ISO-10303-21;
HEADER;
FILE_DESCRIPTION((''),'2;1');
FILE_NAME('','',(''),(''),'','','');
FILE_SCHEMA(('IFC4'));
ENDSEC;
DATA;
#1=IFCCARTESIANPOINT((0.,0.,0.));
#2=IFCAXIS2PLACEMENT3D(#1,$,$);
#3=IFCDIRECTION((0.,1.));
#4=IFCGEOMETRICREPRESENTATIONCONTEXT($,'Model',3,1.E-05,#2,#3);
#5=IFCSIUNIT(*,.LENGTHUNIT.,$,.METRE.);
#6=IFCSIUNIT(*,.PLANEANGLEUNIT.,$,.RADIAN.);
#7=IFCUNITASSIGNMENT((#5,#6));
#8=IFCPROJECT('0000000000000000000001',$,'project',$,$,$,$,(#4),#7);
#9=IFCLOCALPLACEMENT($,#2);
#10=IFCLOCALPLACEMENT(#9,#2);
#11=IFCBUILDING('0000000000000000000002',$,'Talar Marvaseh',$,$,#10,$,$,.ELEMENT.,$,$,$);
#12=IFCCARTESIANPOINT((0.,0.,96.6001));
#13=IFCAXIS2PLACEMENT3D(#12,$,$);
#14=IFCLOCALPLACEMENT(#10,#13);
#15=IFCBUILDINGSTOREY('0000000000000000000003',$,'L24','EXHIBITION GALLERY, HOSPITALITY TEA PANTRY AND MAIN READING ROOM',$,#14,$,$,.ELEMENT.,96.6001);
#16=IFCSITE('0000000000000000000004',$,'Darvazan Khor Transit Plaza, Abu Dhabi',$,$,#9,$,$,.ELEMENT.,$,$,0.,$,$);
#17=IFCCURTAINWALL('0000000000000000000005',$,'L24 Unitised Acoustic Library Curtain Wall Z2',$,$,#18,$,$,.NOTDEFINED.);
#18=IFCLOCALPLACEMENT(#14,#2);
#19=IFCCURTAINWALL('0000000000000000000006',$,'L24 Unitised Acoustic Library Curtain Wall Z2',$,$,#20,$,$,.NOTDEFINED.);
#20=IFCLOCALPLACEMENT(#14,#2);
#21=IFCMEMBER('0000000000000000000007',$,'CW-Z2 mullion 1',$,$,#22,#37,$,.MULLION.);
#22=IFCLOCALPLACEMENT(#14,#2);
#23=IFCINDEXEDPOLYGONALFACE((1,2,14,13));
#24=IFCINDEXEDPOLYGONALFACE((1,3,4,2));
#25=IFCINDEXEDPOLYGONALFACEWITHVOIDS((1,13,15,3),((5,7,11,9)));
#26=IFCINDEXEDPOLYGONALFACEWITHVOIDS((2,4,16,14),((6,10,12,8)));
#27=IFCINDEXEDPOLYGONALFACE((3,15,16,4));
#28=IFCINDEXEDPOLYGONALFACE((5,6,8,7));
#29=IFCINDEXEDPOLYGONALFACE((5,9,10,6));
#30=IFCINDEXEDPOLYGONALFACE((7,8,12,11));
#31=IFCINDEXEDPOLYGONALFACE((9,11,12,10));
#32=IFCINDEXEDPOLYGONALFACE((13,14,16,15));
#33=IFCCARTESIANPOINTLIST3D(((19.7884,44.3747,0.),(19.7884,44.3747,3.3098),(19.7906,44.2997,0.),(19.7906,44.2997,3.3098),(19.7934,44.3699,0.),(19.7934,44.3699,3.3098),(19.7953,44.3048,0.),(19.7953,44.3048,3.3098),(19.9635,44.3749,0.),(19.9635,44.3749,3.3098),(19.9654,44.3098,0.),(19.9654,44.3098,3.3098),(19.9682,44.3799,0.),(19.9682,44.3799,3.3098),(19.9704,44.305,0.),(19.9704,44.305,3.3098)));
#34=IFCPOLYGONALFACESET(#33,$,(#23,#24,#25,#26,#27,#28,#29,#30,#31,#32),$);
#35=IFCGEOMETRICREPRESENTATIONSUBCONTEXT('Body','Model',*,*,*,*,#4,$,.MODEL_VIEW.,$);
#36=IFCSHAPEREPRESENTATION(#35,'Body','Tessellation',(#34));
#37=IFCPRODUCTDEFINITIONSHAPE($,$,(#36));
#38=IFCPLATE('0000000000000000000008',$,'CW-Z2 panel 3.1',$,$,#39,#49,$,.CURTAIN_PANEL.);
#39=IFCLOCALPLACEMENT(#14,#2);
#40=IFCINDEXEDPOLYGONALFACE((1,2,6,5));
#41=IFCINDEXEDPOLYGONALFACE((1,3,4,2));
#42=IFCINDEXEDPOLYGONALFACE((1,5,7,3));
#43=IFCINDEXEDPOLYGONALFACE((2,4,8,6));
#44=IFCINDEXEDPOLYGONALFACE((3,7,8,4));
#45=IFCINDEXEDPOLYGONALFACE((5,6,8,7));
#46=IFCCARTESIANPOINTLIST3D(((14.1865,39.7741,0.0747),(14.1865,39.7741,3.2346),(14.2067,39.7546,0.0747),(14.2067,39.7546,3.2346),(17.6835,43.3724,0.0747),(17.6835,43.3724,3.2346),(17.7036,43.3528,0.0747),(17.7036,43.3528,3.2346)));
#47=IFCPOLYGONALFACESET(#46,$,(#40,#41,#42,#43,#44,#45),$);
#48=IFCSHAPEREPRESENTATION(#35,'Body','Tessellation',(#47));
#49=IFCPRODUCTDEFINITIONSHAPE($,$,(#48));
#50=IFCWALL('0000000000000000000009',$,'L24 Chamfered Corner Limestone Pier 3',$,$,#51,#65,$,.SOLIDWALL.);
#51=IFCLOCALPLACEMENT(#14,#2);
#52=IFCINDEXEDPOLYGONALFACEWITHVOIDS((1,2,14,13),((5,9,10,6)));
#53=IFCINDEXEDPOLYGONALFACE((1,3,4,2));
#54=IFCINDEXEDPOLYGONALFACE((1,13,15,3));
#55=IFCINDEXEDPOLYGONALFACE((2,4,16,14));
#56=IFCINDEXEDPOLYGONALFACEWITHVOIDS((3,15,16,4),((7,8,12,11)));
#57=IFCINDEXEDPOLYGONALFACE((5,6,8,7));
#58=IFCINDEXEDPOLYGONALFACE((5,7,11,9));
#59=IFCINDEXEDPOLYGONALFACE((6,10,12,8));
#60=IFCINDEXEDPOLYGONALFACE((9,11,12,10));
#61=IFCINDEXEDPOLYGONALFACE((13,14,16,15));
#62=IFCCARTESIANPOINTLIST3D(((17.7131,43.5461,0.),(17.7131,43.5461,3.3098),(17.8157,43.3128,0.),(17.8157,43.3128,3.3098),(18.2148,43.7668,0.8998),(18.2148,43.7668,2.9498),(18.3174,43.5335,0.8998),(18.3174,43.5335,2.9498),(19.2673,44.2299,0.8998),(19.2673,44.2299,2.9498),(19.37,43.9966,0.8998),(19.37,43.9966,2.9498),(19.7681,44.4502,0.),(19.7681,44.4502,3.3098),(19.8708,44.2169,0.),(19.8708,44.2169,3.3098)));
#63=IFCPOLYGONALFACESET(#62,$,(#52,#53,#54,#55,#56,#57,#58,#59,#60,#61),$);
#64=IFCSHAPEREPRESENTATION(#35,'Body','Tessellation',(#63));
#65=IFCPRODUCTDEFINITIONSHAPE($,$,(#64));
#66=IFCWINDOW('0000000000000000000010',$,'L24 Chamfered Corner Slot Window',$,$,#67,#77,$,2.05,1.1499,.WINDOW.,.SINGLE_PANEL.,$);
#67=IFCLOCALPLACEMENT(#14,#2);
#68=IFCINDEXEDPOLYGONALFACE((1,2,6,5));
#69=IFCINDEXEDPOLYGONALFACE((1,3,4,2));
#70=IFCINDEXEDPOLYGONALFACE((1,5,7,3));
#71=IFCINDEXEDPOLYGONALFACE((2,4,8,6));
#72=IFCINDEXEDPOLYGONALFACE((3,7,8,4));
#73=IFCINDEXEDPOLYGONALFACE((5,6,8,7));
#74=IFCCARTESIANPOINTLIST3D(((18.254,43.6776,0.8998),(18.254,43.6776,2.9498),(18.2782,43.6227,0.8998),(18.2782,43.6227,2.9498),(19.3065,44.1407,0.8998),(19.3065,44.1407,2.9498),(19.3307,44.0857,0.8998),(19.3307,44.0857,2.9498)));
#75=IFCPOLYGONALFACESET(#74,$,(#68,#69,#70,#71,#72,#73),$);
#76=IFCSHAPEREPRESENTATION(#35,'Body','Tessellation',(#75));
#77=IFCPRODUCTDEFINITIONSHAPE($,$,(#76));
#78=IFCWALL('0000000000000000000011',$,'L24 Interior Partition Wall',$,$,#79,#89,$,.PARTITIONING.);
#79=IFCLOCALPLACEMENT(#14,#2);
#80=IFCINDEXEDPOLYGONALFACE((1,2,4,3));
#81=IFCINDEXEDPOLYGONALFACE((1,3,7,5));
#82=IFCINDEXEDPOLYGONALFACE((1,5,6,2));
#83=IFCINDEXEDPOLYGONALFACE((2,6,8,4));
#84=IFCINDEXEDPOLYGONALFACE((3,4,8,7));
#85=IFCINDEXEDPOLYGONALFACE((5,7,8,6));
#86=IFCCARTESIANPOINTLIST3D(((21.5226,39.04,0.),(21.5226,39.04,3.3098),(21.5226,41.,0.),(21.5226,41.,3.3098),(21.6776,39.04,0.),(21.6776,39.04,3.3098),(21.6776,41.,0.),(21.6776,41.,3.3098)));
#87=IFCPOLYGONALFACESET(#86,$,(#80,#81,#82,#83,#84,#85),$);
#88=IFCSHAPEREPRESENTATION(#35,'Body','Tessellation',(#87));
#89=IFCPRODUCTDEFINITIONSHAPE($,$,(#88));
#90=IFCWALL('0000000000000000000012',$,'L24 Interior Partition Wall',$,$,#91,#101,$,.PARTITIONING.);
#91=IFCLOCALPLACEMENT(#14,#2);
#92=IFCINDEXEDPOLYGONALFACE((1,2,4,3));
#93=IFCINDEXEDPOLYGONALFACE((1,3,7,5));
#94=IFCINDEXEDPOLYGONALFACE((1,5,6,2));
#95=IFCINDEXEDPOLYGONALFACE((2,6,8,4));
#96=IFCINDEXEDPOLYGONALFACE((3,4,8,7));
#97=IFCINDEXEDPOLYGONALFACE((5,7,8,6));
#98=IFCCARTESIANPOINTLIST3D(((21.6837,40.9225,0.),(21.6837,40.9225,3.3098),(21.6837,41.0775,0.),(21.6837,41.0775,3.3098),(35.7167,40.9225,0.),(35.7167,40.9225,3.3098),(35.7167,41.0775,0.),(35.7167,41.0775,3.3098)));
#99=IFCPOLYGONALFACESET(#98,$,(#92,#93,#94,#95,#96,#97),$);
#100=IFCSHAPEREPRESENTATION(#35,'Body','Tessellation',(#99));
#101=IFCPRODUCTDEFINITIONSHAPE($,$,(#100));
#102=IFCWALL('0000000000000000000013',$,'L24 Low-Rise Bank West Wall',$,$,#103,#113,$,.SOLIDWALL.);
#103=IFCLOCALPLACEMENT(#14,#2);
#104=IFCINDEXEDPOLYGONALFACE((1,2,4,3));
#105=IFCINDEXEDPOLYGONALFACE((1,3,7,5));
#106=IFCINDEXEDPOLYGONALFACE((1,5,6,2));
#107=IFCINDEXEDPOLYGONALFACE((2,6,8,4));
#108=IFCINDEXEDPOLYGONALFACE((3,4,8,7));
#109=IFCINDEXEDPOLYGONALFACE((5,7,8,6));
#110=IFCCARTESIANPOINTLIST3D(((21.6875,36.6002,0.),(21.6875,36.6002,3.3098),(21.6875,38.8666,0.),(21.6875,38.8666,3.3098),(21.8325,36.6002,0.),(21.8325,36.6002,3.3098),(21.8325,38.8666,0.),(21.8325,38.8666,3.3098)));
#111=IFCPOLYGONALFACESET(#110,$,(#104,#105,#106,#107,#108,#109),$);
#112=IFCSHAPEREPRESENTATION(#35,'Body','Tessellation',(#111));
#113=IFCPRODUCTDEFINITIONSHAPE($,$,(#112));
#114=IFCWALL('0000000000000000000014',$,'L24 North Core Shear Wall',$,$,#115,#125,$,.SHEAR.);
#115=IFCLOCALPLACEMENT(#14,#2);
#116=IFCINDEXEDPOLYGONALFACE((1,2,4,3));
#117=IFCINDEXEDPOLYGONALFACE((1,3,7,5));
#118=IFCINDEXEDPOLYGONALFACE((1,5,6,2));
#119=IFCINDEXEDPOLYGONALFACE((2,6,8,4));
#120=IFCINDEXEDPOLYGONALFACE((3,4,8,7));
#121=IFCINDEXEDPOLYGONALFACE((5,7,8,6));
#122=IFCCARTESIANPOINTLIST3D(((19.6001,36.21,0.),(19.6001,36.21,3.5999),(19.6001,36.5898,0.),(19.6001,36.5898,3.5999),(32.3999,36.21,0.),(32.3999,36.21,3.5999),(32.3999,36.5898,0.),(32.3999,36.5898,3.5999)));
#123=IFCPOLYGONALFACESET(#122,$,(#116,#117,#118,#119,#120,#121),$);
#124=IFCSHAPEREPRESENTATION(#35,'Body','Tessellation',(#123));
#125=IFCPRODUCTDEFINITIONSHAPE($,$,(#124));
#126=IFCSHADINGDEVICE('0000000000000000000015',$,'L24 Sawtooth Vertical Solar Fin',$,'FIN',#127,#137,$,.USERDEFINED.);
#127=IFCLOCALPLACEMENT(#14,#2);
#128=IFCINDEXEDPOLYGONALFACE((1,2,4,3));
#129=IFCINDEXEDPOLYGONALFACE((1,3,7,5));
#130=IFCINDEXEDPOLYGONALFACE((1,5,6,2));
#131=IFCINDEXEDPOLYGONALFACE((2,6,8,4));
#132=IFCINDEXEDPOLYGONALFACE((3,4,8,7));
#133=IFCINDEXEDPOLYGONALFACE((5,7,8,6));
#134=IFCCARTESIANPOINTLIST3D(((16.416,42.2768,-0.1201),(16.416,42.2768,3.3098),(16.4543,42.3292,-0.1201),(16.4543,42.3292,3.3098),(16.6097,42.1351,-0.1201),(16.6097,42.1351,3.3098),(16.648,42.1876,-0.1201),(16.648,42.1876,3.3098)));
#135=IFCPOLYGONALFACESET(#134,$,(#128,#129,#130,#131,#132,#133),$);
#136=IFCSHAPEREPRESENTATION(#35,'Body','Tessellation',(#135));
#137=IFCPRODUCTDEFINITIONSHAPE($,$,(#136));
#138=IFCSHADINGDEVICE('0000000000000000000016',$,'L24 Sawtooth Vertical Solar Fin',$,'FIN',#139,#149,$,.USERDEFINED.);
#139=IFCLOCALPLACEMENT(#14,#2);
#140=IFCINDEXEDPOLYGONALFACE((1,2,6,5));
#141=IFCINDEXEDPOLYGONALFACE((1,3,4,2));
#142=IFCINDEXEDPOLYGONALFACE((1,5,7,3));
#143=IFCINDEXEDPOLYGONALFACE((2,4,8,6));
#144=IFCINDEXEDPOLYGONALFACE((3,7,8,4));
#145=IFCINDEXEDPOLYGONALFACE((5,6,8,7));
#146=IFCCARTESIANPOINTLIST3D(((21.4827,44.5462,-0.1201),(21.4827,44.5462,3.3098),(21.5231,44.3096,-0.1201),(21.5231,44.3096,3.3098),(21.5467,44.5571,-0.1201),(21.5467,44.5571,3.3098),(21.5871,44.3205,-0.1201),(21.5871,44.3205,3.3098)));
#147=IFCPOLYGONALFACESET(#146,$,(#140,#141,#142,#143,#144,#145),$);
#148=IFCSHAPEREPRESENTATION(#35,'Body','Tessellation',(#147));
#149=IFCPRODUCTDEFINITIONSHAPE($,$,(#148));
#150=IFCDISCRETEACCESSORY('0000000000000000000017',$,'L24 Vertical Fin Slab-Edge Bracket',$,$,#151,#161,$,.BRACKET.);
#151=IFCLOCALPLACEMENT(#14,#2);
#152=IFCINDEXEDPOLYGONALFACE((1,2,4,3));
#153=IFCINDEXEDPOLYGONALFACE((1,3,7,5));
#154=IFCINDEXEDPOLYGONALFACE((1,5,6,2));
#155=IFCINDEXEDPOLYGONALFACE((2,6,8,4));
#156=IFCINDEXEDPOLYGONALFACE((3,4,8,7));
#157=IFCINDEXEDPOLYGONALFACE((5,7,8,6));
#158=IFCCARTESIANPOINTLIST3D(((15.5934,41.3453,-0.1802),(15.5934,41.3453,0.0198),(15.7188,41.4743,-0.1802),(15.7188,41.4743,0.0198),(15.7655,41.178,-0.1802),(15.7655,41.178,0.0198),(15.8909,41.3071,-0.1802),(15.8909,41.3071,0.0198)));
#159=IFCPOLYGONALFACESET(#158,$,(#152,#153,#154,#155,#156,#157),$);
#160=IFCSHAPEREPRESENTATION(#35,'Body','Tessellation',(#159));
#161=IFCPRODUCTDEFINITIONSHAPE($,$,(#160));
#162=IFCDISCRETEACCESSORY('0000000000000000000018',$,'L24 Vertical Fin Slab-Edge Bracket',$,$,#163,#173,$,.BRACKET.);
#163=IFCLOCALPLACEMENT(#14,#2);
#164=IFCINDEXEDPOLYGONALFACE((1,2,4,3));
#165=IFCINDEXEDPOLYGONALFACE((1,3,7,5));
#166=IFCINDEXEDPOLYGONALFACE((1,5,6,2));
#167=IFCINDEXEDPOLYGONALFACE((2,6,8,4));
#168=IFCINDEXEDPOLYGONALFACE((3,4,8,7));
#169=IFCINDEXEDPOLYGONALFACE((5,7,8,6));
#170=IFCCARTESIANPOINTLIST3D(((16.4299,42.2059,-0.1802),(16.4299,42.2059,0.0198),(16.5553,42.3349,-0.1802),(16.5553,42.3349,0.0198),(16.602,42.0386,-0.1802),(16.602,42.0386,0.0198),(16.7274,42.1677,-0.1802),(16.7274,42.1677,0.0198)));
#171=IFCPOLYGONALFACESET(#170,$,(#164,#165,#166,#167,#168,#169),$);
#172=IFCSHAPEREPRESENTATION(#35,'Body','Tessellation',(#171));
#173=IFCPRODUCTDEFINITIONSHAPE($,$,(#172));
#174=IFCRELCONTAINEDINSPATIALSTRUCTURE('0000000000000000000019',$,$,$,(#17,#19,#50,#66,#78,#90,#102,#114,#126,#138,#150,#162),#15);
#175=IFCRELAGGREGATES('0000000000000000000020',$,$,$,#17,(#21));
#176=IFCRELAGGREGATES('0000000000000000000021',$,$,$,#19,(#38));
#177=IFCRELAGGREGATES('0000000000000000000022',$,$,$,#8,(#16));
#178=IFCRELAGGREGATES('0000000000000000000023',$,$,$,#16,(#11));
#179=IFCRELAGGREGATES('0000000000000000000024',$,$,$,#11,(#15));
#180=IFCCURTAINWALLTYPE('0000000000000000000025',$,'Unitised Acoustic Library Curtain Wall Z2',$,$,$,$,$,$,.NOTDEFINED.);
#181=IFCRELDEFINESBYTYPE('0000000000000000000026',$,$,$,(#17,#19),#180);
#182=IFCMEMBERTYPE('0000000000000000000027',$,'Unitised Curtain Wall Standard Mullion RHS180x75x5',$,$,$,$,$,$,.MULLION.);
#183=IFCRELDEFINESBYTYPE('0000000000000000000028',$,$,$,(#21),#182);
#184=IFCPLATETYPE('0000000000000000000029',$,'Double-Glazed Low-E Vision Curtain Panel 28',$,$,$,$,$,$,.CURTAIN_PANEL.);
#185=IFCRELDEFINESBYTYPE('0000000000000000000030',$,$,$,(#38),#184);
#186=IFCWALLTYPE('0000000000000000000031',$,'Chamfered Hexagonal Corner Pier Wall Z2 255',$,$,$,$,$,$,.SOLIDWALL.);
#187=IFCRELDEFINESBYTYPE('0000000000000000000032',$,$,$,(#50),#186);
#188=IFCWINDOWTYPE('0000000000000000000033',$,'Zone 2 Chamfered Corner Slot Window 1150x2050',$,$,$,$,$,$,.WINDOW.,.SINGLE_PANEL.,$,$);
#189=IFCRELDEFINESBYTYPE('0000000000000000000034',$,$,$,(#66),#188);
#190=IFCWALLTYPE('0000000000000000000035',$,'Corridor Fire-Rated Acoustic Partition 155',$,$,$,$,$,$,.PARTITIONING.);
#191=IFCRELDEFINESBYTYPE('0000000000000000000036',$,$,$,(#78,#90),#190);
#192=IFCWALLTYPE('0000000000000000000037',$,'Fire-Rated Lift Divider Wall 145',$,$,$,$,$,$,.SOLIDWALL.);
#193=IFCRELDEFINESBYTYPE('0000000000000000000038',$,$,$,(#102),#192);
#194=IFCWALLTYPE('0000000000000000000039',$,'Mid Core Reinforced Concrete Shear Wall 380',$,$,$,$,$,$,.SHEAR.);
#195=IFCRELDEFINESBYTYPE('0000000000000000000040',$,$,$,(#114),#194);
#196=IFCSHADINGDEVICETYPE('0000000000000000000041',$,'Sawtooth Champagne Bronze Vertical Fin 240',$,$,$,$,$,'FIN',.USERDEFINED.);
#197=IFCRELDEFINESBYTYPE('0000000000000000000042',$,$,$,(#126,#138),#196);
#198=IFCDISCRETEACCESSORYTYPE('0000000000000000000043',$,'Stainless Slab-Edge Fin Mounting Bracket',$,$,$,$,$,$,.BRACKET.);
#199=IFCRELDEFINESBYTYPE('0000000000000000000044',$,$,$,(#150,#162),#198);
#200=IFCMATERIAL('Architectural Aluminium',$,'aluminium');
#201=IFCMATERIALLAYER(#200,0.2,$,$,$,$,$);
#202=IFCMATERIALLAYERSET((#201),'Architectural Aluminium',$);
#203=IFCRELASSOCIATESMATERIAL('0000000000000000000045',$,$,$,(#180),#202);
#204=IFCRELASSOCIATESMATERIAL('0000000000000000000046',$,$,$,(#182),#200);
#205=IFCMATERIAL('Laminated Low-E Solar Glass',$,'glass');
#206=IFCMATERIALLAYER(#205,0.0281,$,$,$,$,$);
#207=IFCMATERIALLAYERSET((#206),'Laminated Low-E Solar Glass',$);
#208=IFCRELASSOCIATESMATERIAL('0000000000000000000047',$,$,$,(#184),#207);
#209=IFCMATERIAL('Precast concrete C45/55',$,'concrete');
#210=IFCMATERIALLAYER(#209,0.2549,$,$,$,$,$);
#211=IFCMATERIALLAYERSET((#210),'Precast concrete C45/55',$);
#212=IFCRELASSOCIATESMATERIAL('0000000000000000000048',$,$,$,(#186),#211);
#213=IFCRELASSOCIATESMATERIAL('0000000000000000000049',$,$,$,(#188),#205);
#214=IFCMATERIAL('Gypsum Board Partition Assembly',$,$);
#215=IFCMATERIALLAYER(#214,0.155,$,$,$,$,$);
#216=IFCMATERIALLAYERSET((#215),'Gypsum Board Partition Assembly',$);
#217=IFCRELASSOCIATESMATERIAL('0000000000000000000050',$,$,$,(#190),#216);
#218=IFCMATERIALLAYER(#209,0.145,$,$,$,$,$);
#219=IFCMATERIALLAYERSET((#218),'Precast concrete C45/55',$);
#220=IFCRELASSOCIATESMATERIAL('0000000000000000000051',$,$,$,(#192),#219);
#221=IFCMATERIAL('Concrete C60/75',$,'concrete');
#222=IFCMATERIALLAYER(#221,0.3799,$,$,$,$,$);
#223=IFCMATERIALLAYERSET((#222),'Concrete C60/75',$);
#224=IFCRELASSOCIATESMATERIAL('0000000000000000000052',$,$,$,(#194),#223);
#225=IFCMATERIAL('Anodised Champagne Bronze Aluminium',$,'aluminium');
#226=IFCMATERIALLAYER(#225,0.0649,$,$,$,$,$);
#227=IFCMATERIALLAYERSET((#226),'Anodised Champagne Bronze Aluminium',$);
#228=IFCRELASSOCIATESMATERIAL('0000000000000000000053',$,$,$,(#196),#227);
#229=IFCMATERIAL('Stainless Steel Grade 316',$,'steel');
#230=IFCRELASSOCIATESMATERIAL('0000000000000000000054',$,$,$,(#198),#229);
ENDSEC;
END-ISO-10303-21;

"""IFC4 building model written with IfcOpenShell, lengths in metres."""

from ifc_helpers import new_model, si_unit, direction, frame, frame_2d, origin, origin_2d, place, context, subcontext, project, spatial, rectangle, hollow_rectangle, extrude, source, transform, mapped, material, layer, layer_set, material_profile, profile_set, type_object, type_shapes, element, fill, aggregate, save


model = new_model("IFC4")

# Units and contexts
model_context = context("Model", 3, precision=1e-05, world=origin(), true_north=direction((0.0, 1.0)))
body_context = subcontext(model_context, "Body", "Model", "MODEL_VIEW")
ifc_project = project(units=[si_unit("LENGTHUNIT", "METRE"), si_unit("PLANEANGLEUNIT", "RADIAN")], contexts=[model_context])

# Site, building, storey
site_placement = place(None, origin())
site = spatial("IfcSite", under=ifc_project, at=site_placement, Name="Darvazan Khor Transit Plaza, Abu Dhabi", CompositionType="ELEMENT", RefElevation=0.0)
building_placement = place(site_placement, origin())
building = spatial("IfcBuilding", under=site, at=building_placement, Name="Talar Marvaseh", CompositionType="ELEMENT")
storey_placement = place(building_placement, frame((0.0, 0.0, 96.6001)))
storey = spatial("IfcBuildingStorey", under=building, at=storey_placement, Name="L24", Description="EXHIBITION GALLERY, HOSPITALITY TEA PANTRY AND MAIN READING ROOM", CompositionType="ELEMENT", Elevation=96.6001)

# Shared definitions
ifc_material_1 = material(Name="Concrete C60/75", Category="concrete")

# Curtain wall
ifc_material_2 = material(Name="Architectural Aluminium", Category="aluminium")
ifc_layer_1 = layer(ifc_material_2, 0.2)
ifc_layer_set_1 = layer_set([ifc_layer_1], Name="Architectural Aluminium")
curtain_wall_type = type_object("IfcCurtainWallType", Name="Unitised Acoustic Library Curtain Wall Z2", PredefinedType="NOTDEFINED", material=ifc_layer_set_1)
curtain_wall_1_placement = place(storey_placement, origin())
curtain_wall_1 = element("IfcCurtainWall", 1, at=curtain_wall_1_placement, inside=storey, type_object=curtain_wall_type, Name="L24 Unitised Acoustic Library Curtain Wall Z2", PredefinedType="NOTDEFINED")

# Curtain wall
curtain_wall_2_placement = place(storey_placement, origin())
curtain_wall_2 = element("IfcCurtainWall", 2, at=curtain_wall_2_placement, inside=storey, type_object=curtain_wall_type, Name="L24 Unitised Acoustic Library Curtain Wall Z2", PredefinedType="NOTDEFINED")
ifc_material_profile_1 = material_profile(ifc_material_2, hollow_rectangle(XDim=0.075, YDim=0.1799, WallThickness=0.0049, at=origin_2d()), Name="RHS180x75x5")
ifc_profile_set_1 = profile_set([ifc_material_profile_1], Name="Architectural Aluminium")
member_type_1 = type_object("IfcMemberType", Name="Unitised Curtain Wall Standard Mullion RHS180x75x5", PredefinedType="MULLION", material=ifc_profile_set_1)
shared_shape_1 = source(origin(), body_context, "Body", "SweptSolid", [
    extrude(hollow_rectangle(XDim=0.075, YDim=0.1799, WallThickness=0.0049, at=origin_2d()), origin(), (0.0, 0.0, 1.0), 3.3098),
])
type_shapes(member_type_1, [shared_shape_1])

# Member
member_1_placement = place(storey_placement, frame((19.8794, 44.3398, 0.0), z_axis=(0.0, 0.0, 1.0), x_axis=(-0.029356, 0.999569, 0.0)))
member_1 = element("IfcMember", 3, at=member_1_placement, type_object=member_type_1, Name="CW-Z2 mullion 1", PredefinedType="MULLION", context=body_context, shape_type="MappedRepresentation", body=[
    mapped(shared_shape_1, transform((0.0, 0.0, 0.0), x_axis=(1.0, 0.0, 0.0), y_axis=(0.0, 1.0, 0.0), z_axis=(0.0, 0.0, 1.0), scale=1.0)),
])
aggregate(curtain_wall_1, [member_1])

# Plate
ifc_material_3 = material(Name="Laminated Low-E Solar Glass", Category="glass")
ifc_layer_2 = layer(ifc_material_3, 0.0281)
ifc_layer_set_2 = layer_set([ifc_layer_2], Name="Laminated Low-E Solar Glass")
plate_type = type_object("IfcPlateType", Name="Double-Glazed Low-E Vision Curtain Panel 28", PredefinedType="CURTAIN_PANEL", material=ifc_layer_set_2)
shared_shape_2 = source(origin(), body_context, "Body", "SweptSolid", [
    extrude(rectangle(XDim=5.0176, YDim=0.0281, at=origin_2d()), origin(), (0.0, 0.0, 1.0), 3.1599),
])
type_shapes(plate_type, [shared_shape_2])
plate_placement = place(storey_placement, frame((15.9451, 41.5635, 0.0747), z_axis=(0.0, 0.0, 1.0), x_axis=(0.696944, 0.717126, 0.0)))
plate = element("IfcPlate", 4, at=plate_placement, type_object=plate_type, Name="CW-Z2 panel 3.1", PredefinedType="CURTAIN_PANEL", context=body_context, shape_type="MappedRepresentation", body=[
    mapped(shared_shape_2, transform((0.0, 0.0, 0.0), x_axis=(1.0, 0.0, 0.0), y_axis=(0.0, 1.0, 0.0), z_axis=(0.0, 0.0, 1.0), scale=1.0)),
])
aggregate(curtain_wall_2, [plate])

# Wall, opening, window
ifc_material_4 = material(Name="Precast concrete C45/55", Category="concrete")
ifc_layer_3 = layer(ifc_material_4, 0.2549)
ifc_layer_set_3 = layer_set([ifc_layer_3], Name="Precast concrete C45/55")
wall_type_1 = type_object("IfcWallType", Name="Chamfered Hexagonal Corner Pier Wall Z2 255", PredefinedType="SOLIDWALL", material=ifc_layer_set_3)
wall_1_placement = place(storey_placement, frame((17.7644, 43.4294, 0.0), z_axis=(0.0, 0.0, 1.0), x_axis=(0.915334, 0.402695, 0.0)))
wall_1 = element("IfcWall", 5, at=wall_1_placement, inside=storey, type_object=wall_type_1, Name="L24 Chamfered Corner Limestone Pier 3", PredefinedType="SOLIDWALL", context=body_context, shape_type="SweptSolid", body=[
    extrude(rectangle(XDim=2.2451, YDim=0.2549, at=frame_2d((1.1226, 0.0))), origin(), (0.0, 0.0, 1.0), 3.3098),
])
opening_1_placement = place(wall_1_placement, frame((0.5481, 0.0, 0.8999)))
opening_1 = element("IfcOpeningElement", 6, at=opening_1_placement, cuts=wall_1, PredefinedType="OPENING", context=body_context, shape_type="SweptSolid", body=[
    extrude(rectangle(XDim=1.1499, YDim=2.05, at=frame_2d((0.575, 1.0249))), frame((0.0, 0.1375, 0.0), z_axis=(0.0, -1.0, 0.0), x_axis=(1.0, 0.0, 0.0)), (0.0, 0.0, 1.0), 0.2749),
])
window_type = type_object("IfcWindowType", Name="Zone 2 Chamfered Corner Slot Window 1150x2050", PartitioningType="SINGLE_PANEL", PredefinedType="WINDOW", material=ifc_material_3)
shared_shape_3 = source(origin(), body_context, "Body", "SweptSolid", [
    extrude(rectangle(XDim=1.1499, YDim=2.05, at=frame_2d((0.575, 1.0249))), frame((0.0, 0.03, 0.0), z_axis=(0.0, -1.0, 0.0), x_axis=(1.0, 0.0, 0.0)), (0.0, 0.0, 1.0), 0.0601),
])
type_shapes(window_type, [shared_shape_3])
window_placement = place(opening_1_placement, origin())
window = element("IfcWindow", 7, at=window_placement, inside=storey, type_object=window_type, Name="L24 Chamfered Corner Slot Window", OverallHeight=2.05, OverallWidth=1.1499, PartitioningType="SINGLE_PANEL", PredefinedType="WINDOW", context=body_context, shape_type="MappedRepresentation", body=[
    mapped(shared_shape_3, transform((0.0, 0.0, 0.0), x_axis=(1.0, 0.0, 0.0), y_axis=(0.0, 1.0, 0.0), z_axis=(0.0, 0.0, 1.0), scale=1.0)),
])
fill(opening_1, window)

# Walls
ifc_material_5 = material(Name="Gypsum Board Partition Assembly")
ifc_layer_4 = layer(ifc_material_5, 0.155)
ifc_layer_set_4 = layer_set([ifc_layer_4], Name="Gypsum Board Partition Assembly")
wall_type_2 = type_object("IfcWallType", Name="Corridor Fire-Rated Acoustic Partition 155", PredefinedType="PARTITIONING", material=ifc_layer_set_4)
wall_2_placement = place(storey_placement, frame((21.6001, 39.04, 0.0), z_axis=(0.0, 0.0, 1.0), x_axis=(0.0, 1.0, 0.0)))
element("IfcWall", 8, at=wall_2_placement, inside=storey, type_object=wall_type_2, Name="L24 Interior Partition Wall", PredefinedType="PARTITIONING", context=body_context, shape_type="SweptSolid", body=[
    extrude(rectangle(XDim=1.96, YDim=0.155, at=frame_2d((0.98, 0.0))), origin(), (0.0, 0.0, 1.0), 3.3098),
])
wall_3_placement = place(storey_placement, frame((21.6836, 41.0, 0.0), z_axis=(0.0, 0.0, 1.0), x_axis=(1.0, 0.0, 0.0)))
element("IfcWall", 9, at=wall_3_placement, inside=storey, type_object=wall_type_2, Name="L24 Interior Partition Wall", PredefinedType="PARTITIONING", context=body_context, shape_type="SweptSolid", body=[
    extrude(rectangle(XDim=14.033, YDim=0.155, at=frame_2d((7.0166, 0.0))), origin(), (0.0, 0.0, 1.0), 3.3098),
])
ifc_layer_5 = layer(ifc_material_4, 0.145)
ifc_layer_set_5 = layer_set([ifc_layer_5], Name="Precast concrete C45/55")
wall_type_3 = type_object("IfcWallType", Name="Fire-Rated Lift Divider Wall 145", PredefinedType="SOLIDWALL", material=ifc_layer_set_5)
wall_4_placement = place(storey_placement, frame((21.76, 36.6001, 0.0), z_axis=(0.0, 0.0, 1.0), x_axis=(0.0, 1.0, 0.0)))
element("IfcWall", 10, at=wall_4_placement, inside=storey, type_object=wall_type_3, Name="L24 Low-Rise Bank West Wall", PredefinedType="SOLIDWALL", context=body_context, shape_type="SweptSolid", body=[
    extrude(rectangle(XDim=2.2664, YDim=0.145, at=frame_2d((1.1333, 0.0))), origin(), (0.0, 0.0, 1.0), 3.3098),
])

# Shared definitions
ifc_material_6 = material(Name="Stainless Steel Grade 316", Category="steel")

# Wall
ifc_layer_6 = layer(ifc_material_1, 0.3799)
ifc_layer_set_6 = layer_set([ifc_layer_6], Name="Concrete C60/75")
wall_type_4 = type_object("IfcWallType", Name="Mid Core Reinforced Concrete Shear Wall 380", PredefinedType="SHEAR", material=ifc_layer_set_6)
wall_5_placement = place(storey_placement, frame((19.6001, 36.3999, 0.0), z_axis=(0.0, 0.0, 1.0), x_axis=(1.0, 0.0, 0.0)))
element("IfcWall", 11, at=wall_5_placement, inside=storey, type_object=wall_type_4, Name="L24 North Core Shear Wall", PredefinedType="SHEAR", context=body_context, shape_type="SweptSolid", body=[
    extrude(rectangle(XDim=12.7998, YDim=0.3799, at=frame_2d((6.3999, 0.0))), origin(), (0.0, 0.0, 1.0), 3.5999),
])

# Shading devices
ifc_material_7 = material(Name="Anodised Champagne Bronze Aluminium", Category="aluminium")
ifc_layer_7 = layer(ifc_material_7, 0.0649)
ifc_layer_set_7 = layer_set([ifc_layer_7], Name="Anodised Champagne Bronze Aluminium")
shading_device_type = type_object("IfcShadingDeviceType", Name="Sawtooth Champagne Bronze Vertical Fin 240", ElementType="FIN", PredefinedType="USERDEFINED", material=ifc_layer_set_7)
shared_shape_4 = source(origin(), body_context, "Body", "SweptSolid", [
    extrude(rectangle(XDim=0.24, YDim=0.0649, at=origin_2d()), origin(), (0.0, 0.0, 1.0), 3.4299),
])
type_shapes(shading_device_type, [shared_shape_4])
for number, where, z_axis, x_axis, name in (
    (12, (16.532, 42.2322, -0.1201), (0.0, 0.0, 1.0), (-0.807166, 0.590324, 0.0), "L24 Sawtooth Vertical Solar Fin"),
    (13, (21.5349, 44.4333, -0.1201), (0.0, 0.0, 1.0), (-0.168145, 0.985762, 0.0), "L24 Sawtooth Vertical Solar Fin"),
):
    element("IfcShadingDevice", number, at=place(storey_placement, frame(where, z_axis=z_axis, x_axis=x_axis)), inside=storey, type_object=shading_device_type, Name=name, ObjectType="FIN", PredefinedType="USERDEFINED", context=body_context, shape_type="MappedRepresentation", body=[
        mapped(shared_shape_4, transform((0.0, 0.0, 0.0), x_axis=(1.0, 0.0, 0.0), y_axis=(0.0, 1.0, 0.0), z_axis=(0.0, 0.0, 1.0), scale=1.0)),
    ])

# Discrete accessories
discrete_accessory_type = type_object("IfcDiscreteAccessoryType", Name="Stainless Slab-Edge Fin Mounting Bracket", PredefinedType="BRACKET", material=ifc_material_6)
shared_shape_5 = source(origin(), body_context, "Body", "SweptSolid", [
    extrude(rectangle(XDim=0.24, YDim=0.1799, at=origin_2d()), origin(), (0.0, 0.0, 1.0), 0.2),
])
type_shapes(discrete_accessory_type, [shared_shape_5])
for number, where, z_axis, x_axis, name in (
    (14, (15.7422, 41.3262, -0.1802), (0.0, 0.0, 1.0), (-0.717154, 0.696915, 0.0), "L24 Vertical Fin Slab-Edge Bracket"),
    (15, (16.5786, 42.1868, -0.1802), (0.0, 0.0, 1.0), (-0.717154, 0.696915, 0.0), "L24 Vertical Fin Slab-Edge Bracket"),
):
    element("IfcDiscreteAccessory", number, at=place(storey_placement, frame(where, z_axis=z_axis, x_axis=x_axis)), inside=storey, type_object=discrete_accessory_type, Name=name, PredefinedType="BRACKET", context=body_context, shape_type="MappedRepresentation", body=[
        mapped(shared_shape_5, transform((0.0, 0.0, 0.0), x_axis=(1.0, 0.0, 0.0), y_axis=(0.0, 1.0, 0.0), z_axis=(0.0, 0.0, 1.0), scale=1.0)),
    ])

save(model, "model.ifc")
